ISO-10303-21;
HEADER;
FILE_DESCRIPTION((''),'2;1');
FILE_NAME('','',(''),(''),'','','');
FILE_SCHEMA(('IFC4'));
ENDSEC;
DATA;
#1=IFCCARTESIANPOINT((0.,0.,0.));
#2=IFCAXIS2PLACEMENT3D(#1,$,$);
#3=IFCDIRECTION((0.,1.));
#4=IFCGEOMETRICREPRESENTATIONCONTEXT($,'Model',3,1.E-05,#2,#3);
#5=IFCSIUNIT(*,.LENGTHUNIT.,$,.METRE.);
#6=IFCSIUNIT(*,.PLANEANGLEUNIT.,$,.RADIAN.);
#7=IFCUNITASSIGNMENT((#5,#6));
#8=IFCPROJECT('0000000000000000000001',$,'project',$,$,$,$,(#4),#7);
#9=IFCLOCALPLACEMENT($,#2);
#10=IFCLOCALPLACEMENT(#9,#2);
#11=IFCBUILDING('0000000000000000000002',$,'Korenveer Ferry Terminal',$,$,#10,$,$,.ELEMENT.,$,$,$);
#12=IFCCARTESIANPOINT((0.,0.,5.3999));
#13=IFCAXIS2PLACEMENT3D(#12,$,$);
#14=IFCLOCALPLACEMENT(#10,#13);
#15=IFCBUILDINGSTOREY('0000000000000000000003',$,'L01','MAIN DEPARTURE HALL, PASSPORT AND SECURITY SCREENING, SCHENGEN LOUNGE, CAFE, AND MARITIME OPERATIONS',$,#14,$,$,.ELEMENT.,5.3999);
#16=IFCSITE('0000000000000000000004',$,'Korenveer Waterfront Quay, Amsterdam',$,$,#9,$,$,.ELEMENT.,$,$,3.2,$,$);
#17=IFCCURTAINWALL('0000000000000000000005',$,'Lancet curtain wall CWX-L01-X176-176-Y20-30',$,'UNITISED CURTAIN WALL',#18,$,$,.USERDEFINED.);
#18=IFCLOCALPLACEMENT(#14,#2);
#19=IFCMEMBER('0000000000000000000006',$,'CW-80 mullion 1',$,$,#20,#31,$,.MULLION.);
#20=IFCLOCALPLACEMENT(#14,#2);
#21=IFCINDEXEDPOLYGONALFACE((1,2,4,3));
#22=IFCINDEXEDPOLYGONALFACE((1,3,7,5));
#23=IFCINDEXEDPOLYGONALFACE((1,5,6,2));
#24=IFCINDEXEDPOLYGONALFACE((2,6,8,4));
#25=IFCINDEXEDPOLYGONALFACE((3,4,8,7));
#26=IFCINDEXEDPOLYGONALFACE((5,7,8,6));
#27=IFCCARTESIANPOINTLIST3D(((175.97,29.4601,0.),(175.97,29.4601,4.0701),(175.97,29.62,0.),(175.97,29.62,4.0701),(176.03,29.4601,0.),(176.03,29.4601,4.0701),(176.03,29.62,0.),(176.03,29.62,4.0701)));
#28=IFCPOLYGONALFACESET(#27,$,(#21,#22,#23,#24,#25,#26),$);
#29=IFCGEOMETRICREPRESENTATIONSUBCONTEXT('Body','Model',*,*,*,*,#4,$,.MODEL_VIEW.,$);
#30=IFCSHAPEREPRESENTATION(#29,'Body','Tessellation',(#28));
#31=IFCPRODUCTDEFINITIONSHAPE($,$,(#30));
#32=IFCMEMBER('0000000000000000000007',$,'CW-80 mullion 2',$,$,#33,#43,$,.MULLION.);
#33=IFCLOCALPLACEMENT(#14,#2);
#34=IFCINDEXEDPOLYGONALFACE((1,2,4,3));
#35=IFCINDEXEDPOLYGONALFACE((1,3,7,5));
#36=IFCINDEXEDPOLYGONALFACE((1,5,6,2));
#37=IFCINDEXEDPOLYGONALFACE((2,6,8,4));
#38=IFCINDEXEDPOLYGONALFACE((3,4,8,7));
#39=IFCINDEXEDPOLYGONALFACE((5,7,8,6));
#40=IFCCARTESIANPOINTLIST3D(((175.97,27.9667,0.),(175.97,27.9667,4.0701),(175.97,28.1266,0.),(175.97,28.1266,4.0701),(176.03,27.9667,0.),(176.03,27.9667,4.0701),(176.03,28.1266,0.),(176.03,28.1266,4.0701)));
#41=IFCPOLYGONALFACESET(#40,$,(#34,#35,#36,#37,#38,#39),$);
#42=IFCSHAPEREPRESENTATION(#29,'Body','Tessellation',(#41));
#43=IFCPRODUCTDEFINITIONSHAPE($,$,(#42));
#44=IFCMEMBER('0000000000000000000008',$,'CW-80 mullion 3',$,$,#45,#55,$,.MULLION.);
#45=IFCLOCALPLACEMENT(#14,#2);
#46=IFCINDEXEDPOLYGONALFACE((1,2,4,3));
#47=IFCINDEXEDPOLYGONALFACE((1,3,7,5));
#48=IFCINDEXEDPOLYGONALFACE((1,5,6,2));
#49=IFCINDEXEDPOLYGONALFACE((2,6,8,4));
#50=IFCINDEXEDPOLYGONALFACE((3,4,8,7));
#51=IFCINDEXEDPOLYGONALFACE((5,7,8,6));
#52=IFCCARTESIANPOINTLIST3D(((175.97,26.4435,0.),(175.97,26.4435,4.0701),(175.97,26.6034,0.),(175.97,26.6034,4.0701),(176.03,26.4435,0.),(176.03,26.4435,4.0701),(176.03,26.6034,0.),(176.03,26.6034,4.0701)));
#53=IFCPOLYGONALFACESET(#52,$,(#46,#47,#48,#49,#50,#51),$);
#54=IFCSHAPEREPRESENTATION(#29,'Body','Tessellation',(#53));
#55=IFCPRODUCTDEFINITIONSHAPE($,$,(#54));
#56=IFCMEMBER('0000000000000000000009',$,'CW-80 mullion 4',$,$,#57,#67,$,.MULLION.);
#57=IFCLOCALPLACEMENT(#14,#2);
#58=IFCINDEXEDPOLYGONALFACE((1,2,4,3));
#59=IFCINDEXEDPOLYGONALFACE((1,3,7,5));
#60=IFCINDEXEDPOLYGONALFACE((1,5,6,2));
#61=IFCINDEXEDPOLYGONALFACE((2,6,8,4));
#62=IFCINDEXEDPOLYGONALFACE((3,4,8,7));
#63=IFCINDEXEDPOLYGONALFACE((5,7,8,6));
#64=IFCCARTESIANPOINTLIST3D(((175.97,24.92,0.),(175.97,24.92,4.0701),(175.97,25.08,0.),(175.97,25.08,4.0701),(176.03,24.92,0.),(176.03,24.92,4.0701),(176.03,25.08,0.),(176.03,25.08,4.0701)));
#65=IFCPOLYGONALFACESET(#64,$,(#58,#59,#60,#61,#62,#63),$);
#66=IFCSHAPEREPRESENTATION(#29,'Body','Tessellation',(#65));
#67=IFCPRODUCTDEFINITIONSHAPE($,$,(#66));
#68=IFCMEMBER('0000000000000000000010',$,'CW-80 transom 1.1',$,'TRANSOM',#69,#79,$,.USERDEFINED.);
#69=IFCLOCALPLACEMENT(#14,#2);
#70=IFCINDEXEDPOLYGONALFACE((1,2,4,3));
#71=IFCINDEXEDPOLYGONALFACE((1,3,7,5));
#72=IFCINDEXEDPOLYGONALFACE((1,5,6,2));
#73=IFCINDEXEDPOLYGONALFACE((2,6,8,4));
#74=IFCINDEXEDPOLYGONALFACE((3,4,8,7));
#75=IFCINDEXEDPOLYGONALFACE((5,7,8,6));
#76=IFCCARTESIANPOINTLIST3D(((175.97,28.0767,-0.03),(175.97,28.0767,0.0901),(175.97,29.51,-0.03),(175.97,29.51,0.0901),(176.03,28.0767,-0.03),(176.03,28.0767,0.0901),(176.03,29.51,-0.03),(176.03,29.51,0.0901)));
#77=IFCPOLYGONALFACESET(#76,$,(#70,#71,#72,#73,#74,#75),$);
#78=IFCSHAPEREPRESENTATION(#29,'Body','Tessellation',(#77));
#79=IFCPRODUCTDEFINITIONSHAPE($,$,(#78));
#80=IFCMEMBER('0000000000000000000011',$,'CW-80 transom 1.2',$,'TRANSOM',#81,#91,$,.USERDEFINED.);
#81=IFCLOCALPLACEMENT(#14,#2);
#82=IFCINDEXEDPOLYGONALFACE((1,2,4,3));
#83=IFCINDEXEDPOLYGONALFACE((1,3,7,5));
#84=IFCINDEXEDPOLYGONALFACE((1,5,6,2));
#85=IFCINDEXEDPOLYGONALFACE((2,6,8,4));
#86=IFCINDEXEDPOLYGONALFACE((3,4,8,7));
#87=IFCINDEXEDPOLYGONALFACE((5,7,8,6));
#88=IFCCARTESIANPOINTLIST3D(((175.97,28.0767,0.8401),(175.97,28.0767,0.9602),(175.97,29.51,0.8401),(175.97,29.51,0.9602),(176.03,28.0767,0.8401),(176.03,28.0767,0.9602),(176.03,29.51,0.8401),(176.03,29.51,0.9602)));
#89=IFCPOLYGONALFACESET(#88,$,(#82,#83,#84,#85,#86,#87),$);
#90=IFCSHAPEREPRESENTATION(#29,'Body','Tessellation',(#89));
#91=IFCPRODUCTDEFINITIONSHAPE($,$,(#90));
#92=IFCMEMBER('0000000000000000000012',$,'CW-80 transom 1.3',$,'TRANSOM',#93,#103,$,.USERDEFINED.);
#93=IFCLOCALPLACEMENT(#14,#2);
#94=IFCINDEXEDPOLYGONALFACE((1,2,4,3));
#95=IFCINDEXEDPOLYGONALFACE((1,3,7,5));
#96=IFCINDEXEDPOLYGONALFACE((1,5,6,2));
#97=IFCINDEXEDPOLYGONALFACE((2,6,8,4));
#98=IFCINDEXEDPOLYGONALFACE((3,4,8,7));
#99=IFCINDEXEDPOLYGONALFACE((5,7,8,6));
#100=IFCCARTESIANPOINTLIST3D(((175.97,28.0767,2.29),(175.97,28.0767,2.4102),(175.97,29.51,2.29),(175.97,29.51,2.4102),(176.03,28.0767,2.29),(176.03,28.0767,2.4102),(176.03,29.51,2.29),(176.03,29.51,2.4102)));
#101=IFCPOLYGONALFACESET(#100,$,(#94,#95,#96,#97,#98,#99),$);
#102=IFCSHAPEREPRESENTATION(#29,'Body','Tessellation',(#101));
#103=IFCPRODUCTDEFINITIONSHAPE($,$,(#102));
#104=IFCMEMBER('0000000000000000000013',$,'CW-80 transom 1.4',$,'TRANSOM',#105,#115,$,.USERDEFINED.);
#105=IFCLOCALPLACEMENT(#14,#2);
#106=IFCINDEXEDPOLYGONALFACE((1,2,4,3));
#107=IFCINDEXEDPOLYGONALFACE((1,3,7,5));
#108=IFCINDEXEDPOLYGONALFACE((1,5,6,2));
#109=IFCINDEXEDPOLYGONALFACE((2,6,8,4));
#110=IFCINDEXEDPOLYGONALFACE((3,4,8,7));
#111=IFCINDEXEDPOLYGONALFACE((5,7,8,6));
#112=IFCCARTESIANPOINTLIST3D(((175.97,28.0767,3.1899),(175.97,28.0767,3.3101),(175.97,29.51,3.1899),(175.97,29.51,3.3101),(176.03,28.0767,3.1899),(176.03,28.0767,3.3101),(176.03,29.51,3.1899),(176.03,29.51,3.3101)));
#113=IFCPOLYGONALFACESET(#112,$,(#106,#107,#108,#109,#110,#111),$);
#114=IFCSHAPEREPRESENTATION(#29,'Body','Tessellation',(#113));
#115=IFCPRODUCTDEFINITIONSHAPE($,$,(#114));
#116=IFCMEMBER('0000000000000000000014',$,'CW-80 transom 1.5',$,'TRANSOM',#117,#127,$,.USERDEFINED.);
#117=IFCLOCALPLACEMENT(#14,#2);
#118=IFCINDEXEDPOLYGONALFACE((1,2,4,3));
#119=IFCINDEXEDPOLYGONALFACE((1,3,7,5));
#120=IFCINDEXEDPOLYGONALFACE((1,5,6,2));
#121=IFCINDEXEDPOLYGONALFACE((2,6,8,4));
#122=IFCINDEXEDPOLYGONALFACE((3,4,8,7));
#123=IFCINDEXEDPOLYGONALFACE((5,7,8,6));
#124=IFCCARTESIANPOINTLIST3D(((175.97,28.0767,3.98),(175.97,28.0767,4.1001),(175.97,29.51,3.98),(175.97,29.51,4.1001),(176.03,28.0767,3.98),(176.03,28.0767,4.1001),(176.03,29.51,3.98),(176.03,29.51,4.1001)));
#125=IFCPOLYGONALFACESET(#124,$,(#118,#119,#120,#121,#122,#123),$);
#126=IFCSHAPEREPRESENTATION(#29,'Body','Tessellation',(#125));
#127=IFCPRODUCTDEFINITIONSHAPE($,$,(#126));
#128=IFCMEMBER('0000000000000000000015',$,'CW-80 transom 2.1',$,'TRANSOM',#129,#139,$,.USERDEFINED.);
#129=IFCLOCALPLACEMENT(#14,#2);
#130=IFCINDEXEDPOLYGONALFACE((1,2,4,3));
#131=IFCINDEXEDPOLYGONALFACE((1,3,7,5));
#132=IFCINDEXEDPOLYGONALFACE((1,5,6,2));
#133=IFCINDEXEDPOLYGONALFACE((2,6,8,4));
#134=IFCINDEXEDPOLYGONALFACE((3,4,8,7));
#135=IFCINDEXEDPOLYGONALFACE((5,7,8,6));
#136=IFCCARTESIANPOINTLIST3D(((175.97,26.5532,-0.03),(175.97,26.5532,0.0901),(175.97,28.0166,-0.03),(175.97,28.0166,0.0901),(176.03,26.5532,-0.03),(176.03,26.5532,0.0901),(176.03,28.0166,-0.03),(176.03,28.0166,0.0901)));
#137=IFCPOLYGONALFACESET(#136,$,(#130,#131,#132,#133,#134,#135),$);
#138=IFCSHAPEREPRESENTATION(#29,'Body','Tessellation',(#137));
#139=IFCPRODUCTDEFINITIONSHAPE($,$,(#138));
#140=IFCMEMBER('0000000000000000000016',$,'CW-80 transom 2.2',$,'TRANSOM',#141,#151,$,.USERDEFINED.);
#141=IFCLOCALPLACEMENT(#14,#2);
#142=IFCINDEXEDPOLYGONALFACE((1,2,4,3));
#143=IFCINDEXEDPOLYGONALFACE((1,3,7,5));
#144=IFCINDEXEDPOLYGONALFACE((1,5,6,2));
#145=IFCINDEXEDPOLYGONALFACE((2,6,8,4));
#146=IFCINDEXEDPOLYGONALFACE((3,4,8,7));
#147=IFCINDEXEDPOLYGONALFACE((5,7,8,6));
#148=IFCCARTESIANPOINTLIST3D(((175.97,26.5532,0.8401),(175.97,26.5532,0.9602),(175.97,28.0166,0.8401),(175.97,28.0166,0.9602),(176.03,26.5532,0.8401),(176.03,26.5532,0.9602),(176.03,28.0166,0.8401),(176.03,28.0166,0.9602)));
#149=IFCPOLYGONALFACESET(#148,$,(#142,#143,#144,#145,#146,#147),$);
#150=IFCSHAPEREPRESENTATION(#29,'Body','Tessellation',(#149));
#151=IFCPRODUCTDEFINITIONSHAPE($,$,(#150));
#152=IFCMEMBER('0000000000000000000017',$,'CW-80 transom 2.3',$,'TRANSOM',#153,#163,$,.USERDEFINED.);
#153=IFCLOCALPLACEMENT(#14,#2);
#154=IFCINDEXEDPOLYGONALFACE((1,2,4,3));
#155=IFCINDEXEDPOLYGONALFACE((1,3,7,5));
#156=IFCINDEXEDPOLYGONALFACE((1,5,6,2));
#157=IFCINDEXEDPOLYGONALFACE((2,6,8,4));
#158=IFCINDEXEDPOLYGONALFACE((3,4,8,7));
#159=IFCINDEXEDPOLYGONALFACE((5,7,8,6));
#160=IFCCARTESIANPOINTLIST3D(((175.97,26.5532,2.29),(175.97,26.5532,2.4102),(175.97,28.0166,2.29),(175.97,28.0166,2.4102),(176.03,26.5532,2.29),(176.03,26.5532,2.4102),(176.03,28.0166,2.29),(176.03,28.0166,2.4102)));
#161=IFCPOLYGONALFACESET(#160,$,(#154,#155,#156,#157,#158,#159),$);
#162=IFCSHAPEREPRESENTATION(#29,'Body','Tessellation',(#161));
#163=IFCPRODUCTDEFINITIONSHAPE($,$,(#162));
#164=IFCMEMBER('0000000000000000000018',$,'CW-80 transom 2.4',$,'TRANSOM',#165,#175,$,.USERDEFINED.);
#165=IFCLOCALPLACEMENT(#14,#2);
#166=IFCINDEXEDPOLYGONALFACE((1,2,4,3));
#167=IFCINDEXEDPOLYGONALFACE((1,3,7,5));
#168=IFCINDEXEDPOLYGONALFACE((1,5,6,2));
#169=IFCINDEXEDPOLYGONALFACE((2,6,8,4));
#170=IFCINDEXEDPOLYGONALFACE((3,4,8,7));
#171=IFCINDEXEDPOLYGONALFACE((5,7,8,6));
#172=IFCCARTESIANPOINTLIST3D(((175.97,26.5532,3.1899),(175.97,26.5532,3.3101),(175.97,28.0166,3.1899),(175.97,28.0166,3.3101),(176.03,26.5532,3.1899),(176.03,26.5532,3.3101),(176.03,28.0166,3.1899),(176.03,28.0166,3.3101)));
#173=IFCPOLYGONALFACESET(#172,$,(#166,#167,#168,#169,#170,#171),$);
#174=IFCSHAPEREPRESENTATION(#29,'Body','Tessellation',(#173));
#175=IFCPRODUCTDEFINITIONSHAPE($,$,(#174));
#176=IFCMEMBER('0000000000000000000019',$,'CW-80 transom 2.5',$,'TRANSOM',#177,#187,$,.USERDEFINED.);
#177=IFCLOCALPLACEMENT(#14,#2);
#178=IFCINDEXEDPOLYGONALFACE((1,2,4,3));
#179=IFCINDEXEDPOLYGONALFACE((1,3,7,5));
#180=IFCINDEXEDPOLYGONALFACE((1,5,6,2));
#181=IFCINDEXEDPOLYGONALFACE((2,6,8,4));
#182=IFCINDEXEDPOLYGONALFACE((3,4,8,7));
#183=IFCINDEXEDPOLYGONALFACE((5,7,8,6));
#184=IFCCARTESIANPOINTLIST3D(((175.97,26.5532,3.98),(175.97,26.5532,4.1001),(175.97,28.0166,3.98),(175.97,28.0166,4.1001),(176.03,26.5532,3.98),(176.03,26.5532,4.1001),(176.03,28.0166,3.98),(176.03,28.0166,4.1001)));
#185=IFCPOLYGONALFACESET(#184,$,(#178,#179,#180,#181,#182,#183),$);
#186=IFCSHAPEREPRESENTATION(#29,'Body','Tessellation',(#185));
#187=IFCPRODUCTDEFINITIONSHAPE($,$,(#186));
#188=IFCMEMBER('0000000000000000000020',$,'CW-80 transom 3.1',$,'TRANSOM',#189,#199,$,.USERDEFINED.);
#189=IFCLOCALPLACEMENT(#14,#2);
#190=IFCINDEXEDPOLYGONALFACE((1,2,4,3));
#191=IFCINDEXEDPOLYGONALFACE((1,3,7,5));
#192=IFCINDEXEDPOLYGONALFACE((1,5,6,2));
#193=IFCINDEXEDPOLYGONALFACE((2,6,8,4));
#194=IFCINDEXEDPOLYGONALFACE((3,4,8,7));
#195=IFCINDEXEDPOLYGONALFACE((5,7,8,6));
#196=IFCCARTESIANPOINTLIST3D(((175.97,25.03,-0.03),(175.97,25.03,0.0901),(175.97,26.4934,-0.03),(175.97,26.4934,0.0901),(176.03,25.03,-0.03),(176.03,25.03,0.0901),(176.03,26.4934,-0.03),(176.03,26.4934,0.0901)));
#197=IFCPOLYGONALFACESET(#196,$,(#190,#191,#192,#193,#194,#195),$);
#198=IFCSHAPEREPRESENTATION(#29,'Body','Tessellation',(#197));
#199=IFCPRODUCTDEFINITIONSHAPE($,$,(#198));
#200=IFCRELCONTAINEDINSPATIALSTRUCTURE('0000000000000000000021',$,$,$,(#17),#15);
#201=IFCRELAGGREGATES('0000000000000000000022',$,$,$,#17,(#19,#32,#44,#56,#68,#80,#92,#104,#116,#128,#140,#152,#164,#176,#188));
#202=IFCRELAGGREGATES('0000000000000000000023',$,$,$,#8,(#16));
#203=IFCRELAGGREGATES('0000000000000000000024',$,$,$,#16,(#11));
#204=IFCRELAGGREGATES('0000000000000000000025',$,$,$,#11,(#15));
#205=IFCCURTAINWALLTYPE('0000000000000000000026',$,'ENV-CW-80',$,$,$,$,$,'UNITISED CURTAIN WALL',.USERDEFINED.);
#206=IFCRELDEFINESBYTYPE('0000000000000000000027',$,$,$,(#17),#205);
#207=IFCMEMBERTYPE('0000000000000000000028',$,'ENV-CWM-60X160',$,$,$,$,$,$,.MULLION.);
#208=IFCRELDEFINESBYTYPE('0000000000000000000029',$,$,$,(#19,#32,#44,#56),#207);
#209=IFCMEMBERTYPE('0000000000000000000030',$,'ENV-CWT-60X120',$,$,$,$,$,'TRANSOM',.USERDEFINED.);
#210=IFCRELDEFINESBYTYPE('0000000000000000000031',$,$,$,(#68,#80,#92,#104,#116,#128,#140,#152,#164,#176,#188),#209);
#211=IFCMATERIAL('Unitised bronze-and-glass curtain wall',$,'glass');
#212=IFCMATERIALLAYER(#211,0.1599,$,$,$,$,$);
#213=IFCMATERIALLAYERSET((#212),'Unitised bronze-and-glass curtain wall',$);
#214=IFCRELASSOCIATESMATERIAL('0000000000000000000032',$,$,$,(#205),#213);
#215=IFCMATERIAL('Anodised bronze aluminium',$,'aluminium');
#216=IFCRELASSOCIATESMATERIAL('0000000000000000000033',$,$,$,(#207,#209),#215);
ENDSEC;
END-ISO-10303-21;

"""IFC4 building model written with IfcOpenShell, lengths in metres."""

from ifc_helpers import new_model, si_unit, direction, frame, origin, origin_2d, place, context, subcontext, project, spatial, rectangle, extrude, material, layer, layer_set, material_profile, profile_set, type_object, element, aggregate, save


model = new_model("IFC4")

# Units and contexts
model_context = context("Model", 3, precision=1e-05, world=origin(), true_north=direction((0.0, 1.0)))
body_context = subcontext(model_context, "Body", "Model", "MODEL_VIEW")
ifc_project = project(units=[si_unit("LENGTHUNIT", "METRE"), si_unit("PLANEANGLEUNIT", "RADIAN")], contexts=[model_context])

# Site, building, storey
site_placement = place(None, origin())
site = spatial("IfcSite", under=ifc_project, at=site_placement, Name="Korenveer Waterfront Quay, Amsterdam", CompositionType="ELEMENT", RefElevation=3.2)
building_placement = place(site_placement, origin())
building = spatial("IfcBuilding", under=site, at=building_placement, Name="Korenveer Ferry Terminal", CompositionType="ELEMENT")
storey_placement = place(building_placement, frame((0.0, 0.0, 5.3999)))
storey = spatial("IfcBuildingStorey", under=building, at=storey_placement, Name="L01", Description="MAIN DEPARTURE HALL, PASSPORT AND SECURITY SCREENING, SCHENGEN LOUNGE, CAFE, AND MARITIME OPERATIONS", CompositionType="ELEMENT", Elevation=5.3999)

# Curtain wall, members
ifc_material_1 = material(Name="Unitised bronze-and-glass curtain wall", Category="glass")
ifc_layer_1 = layer(ifc_material_1, 0.1599)
ifc_layer_set_1 = layer_set([ifc_layer_1], Name="Unitised bronze-and-glass curtain wall")
curtain_wall_type = type_object("IfcCurtainWallType", Name="ENV-CW-80", ElementType="UNITISED CURTAIN WALL", PredefinedType="USERDEFINED", material=ifc_layer_set_1)
curtain_wall_placement = place(storey_placement, frame((176.0, 29.5701, 0.0)))
curtain_wall = element("IfcCurtainWall", 1, at=curtain_wall_placement, inside=storey, type_object=curtain_wall_type, Name="Lancet curtain wall CWX-L01-X176-176-Y20-30", ObjectType="UNITISED CURTAIN WALL", PredefinedType="USERDEFINED")
ifc_material_2 = material(Name="Anodised bronze aluminium", Category="aluminium")
ifc_material_profile_1 = material_profile(ifc_material_2, rectangle(XDim=0.0601, YDim=0.1599, at=origin_2d()), Name="ALU 60x160")
ifc_profile_set_1 = profile_set([ifc_material_profile_1], Name="Anodised bronze aluminium")
member_type_1 = type_object("IfcMemberType", Name="ENV-CWM-60X160", PredefinedType="MULLION", material=ifc_profile_set_1)
member_1_placement = place(storey_placement, frame((176.0, 29.54, 0.0), z_axis=(0.0, 0.0, 1.0), x_axis=(1.0, 0.0, 0.0)))
member_1 = element("IfcMember", 2, at=member_1_placement, type_object=member_type_1, Name="CW-80 mullion 1", PredefinedType="MULLION", context=body_context, shape_type="SweptSolid", body=[
    extrude(rectangle(XDim=0.0601, YDim=0.1599, at=origin_2d()), origin(), (0.0, 0.0, 1.0), 4.0701),
])
member_2_placement = place(storey_placement, frame((176.0, 28.0466, 0.0), z_axis=(0.0, 0.0, 1.0), x_axis=(1.0, 0.0, 0.0)))
member_2 = element("IfcMember", 3, at=member_2_placement, type_object=member_type_1, Name="CW-80 mullion 2", PredefinedType="MULLION", context=body_context, shape_type="SweptSolid", body=[
    extrude(rectangle(XDim=0.0601, YDim=0.1599, at=origin_2d()), origin(), (0.0, 0.0, 1.0), 4.0701),
])
member_3_placement = place(storey_placement, frame((176.0, 26.5234, 0.0), z_axis=(0.0, 0.0, 1.0), x_axis=(1.0, 0.0, 0.0)))
member_3 = element("IfcMember", 4, at=member_3_placement, type_object=member_type_1, Name="CW-80 mullion 3", PredefinedType="MULLION", context=body_context, shape_type="SweptSolid", body=[
    extrude(rectangle(XDim=0.0601, YDim=0.1599, at=origin_2d()), origin(), (0.0, 0.0, 1.0), 4.0701),
])
member_4_placement = place(storey_placement, frame((176.0, 25.0, 0.0), z_axis=(0.0, 0.0, 1.0), x_axis=(1.0, 0.0, 0.0)))
member_4 = element("IfcMember", 5, at=member_4_placement, type_object=member_type_1, Name="CW-80 mullion 4", PredefinedType="MULLION", context=body_context, shape_type="SweptSolid", body=[
    extrude(rectangle(XDim=0.0601, YDim=0.1599, at=origin_2d()), origin(), (0.0, 0.0, 1.0), 4.0701),
])
ifc_material_profile_2 = material_profile(ifc_material_2, rectangle(XDim=0.0601, YDim=0.1201, at=origin_2d()), Name="ALU 60x120")
ifc_profile_set_2 = profile_set([ifc_material_profile_2], Name="Anodised bronze aluminium")
member_type_2 = type_object("IfcMemberType", Name="ENV-CWT-60X120", ElementType="TRANSOM", PredefinedType="USERDEFINED", material=ifc_profile_set_2)
member_5_placement = place(storey_placement, frame((176.0, 29.51, 0.03), z_axis=(0.0, -1.0, 0.0), x_axis=(1.0, 0.0, 0.0)))
member_5 = element("IfcMember", 6, at=member_5_placement, type_object=member_type_2, Name="CW-80 transom 1.1", ObjectType="TRANSOM", PredefinedType="USERDEFINED", context=body_context, shape_type="SweptSolid", body=[
    extrude(rectangle(XDim=0.0601, YDim=0.1201, at=origin_2d()), origin(), (0.0, 0.0, 1.0), 1.4333),
])
member_6_placement = place(storey_placement, frame((176.0, 29.51, 0.9001), z_axis=(0.0, -1.0, 0.0), x_axis=(1.0, 0.0, 0.0)))
member_6 = element("IfcMember", 7, at=member_6_placement, type_object=member_type_2, Name="CW-80 transom 1.2", ObjectType="TRANSOM", PredefinedType="USERDEFINED", context=body_context, shape_type="SweptSolid", body=[
    extrude(rectangle(XDim=0.0601, YDim=0.1201, at=origin_2d()), origin(), (0.0, 0.0, 1.0), 1.4333),
])
member_7_placement = place(storey_placement, frame((176.0, 29.51, 2.3501), z_axis=(0.0, -1.0, 0.0), x_axis=(1.0, 0.0, 0.0)))
member_7 = element("IfcMember", 8, at=member_7_placement, type_object=member_type_2, Name="CW-80 transom 1.3", ObjectType="TRANSOM", PredefinedType="USERDEFINED", context=body_context, shape_type="SweptSolid", body=[
    extrude(rectangle(XDim=0.0601, YDim=0.1201, at=origin_2d()), origin(), (0.0, 0.0, 1.0), 1.4333),
])
member_8_placement = place(storey_placement, frame((176.0, 29.51, 3.25), z_axis=(0.0, -1.0, 0.0), x_axis=(1.0, 0.0, 0.0)))
member_8 = element("IfcMember", 9, at=member_8_placement, type_object=member_type_2, Name="CW-80 transom 1.4", ObjectType="TRANSOM", PredefinedType="USERDEFINED", context=body_context, shape_type="SweptSolid", body=[
    extrude(rectangle(XDim=0.0601, YDim=0.1201, at=origin_2d()), origin(), (0.0, 0.0, 1.0), 1.4333),
])
member_9_placement = place(storey_placement, frame((176.0, 29.51, 4.04), z_axis=(0.0, -1.0, 0.0), x_axis=(1.0, 0.0, 0.0)))
member_9 = element("IfcMember", 10, at=member_9_placement, type_object=member_type_2, Name="CW-80 transom 1.5", ObjectType="TRANSOM", PredefinedType="USERDEFINED", context=body_context, shape_type="SweptSolid", body=[
    extrude(rectangle(XDim=0.0601, YDim=0.1201, at=origin_2d()), origin(), (0.0, 0.0, 1.0), 1.4333),
])
member_10_placement = place(storey_placement, frame((176.0, 28.0166, 0.03), z_axis=(0.0, -1.0, 0.0), x_axis=(1.0, 0.0, 0.0)))
member_10 = element("IfcMember", 11, at=member_10_placement, type_object=member_type_2, Name="CW-80 transom 2.1", ObjectType="TRANSOM", PredefinedType="USERDEFINED", context=body_context, shape_type="SweptSolid", body=[
    extrude(rectangle(XDim=0.0601, YDim=0.1201, at=origin_2d()), origin(), (0.0, 0.0, 1.0), 1.4634),
])
member_11_placement = place(storey_placement, frame((176.0, 28.0166, 0.9001), z_axis=(0.0, -1.0, 0.0), x_axis=(1.0, 0.0, 0.0)))
member_11 = element("IfcMember", 12, at=member_11_placement, type_object=member_type_2, Name="CW-80 transom 2.2", ObjectType="TRANSOM", PredefinedType="USERDEFINED", context=body_context, shape_type="SweptSolid", body=[
    extrude(rectangle(XDim=0.0601, YDim=0.1201, at=origin_2d()), origin(), (0.0, 0.0, 1.0), 1.4634),
])
member_12_placement = place(storey_placement, frame((176.0, 28.0166, 2.3501), z_axis=(0.0, -1.0, 0.0), x_axis=(1.0, 0.0, 0.0)))
member_12 = element("IfcMember", 13, at=member_12_placement, type_object=member_type_2, Name="CW-80 transom 2.3", ObjectType="TRANSOM", PredefinedType="USERDEFINED", context=body_context, shape_type="SweptSolid", body=[
    extrude(rectangle(XDim=0.0601, YDim=0.1201, at=origin_2d()), origin(), (0.0, 0.0, 1.0), 1.4634),
])
member_13_placement = place(storey_placement, frame((176.0, 28.0166, 3.25), z_axis=(0.0, -1.0, 0.0), x_axis=(1.0, 0.0, 0.0)))
member_13 = element("IfcMember", 14, at=member_13_placement, type_object=member_type_2, Name="CW-80 transom 2.4", ObjectType="TRANSOM", PredefinedType="USERDEFINED", context=body_context, shape_type="SweptSolid", body=[
    extrude(rectangle(XDim=0.0601, YDim=0.1201, at=origin_2d()), origin(), (0.0, 0.0, 1.0), 1.4634),
])
member_14_placement = place(storey_placement, frame((176.0, 28.0166, 4.04), z_axis=(0.0, -1.0, 0.0), x_axis=(1.0, 0.0, 0.0)))
member_14 = element("IfcMember", 15, at=member_14_placement, type_object=member_type_2, Name="CW-80 transom 2.5", ObjectType="TRANSOM", PredefinedType="USERDEFINED", context=body_context, shape_type="SweptSolid", body=[
    extrude(rectangle(XDim=0.0601, YDim=0.1201, at=origin_2d()), origin(), (0.0, 0.0, 1.0), 1.4634),
])
member_15_placement = place(storey_placement, frame((176.0, 26.4934, 0.03), z_axis=(0.0, -1.0, 0.0), x_axis=(1.0, 0.0, 0.0)))
member_15 = element("IfcMember", 16, at=member_15_placement, type_object=member_type_2, Name="CW-80 transom 3.1", ObjectType="TRANSOM", PredefinedType="USERDEFINED", context=body_context, shape_type="SweptSolid", body=[
    extrude(rectangle(XDim=0.0601, YDim=0.1201, at=origin_2d()), origin(), (0.0, 0.0, 1.0), 1.4634),
])
aggregate(curtain_wall, [member_1, member_2, member_3, member_4, member_5, member_6, member_7, member_8, member_9, member_10, member_11, member_12, member_13, member_14, member_15])

save(model, "model.ifc")
